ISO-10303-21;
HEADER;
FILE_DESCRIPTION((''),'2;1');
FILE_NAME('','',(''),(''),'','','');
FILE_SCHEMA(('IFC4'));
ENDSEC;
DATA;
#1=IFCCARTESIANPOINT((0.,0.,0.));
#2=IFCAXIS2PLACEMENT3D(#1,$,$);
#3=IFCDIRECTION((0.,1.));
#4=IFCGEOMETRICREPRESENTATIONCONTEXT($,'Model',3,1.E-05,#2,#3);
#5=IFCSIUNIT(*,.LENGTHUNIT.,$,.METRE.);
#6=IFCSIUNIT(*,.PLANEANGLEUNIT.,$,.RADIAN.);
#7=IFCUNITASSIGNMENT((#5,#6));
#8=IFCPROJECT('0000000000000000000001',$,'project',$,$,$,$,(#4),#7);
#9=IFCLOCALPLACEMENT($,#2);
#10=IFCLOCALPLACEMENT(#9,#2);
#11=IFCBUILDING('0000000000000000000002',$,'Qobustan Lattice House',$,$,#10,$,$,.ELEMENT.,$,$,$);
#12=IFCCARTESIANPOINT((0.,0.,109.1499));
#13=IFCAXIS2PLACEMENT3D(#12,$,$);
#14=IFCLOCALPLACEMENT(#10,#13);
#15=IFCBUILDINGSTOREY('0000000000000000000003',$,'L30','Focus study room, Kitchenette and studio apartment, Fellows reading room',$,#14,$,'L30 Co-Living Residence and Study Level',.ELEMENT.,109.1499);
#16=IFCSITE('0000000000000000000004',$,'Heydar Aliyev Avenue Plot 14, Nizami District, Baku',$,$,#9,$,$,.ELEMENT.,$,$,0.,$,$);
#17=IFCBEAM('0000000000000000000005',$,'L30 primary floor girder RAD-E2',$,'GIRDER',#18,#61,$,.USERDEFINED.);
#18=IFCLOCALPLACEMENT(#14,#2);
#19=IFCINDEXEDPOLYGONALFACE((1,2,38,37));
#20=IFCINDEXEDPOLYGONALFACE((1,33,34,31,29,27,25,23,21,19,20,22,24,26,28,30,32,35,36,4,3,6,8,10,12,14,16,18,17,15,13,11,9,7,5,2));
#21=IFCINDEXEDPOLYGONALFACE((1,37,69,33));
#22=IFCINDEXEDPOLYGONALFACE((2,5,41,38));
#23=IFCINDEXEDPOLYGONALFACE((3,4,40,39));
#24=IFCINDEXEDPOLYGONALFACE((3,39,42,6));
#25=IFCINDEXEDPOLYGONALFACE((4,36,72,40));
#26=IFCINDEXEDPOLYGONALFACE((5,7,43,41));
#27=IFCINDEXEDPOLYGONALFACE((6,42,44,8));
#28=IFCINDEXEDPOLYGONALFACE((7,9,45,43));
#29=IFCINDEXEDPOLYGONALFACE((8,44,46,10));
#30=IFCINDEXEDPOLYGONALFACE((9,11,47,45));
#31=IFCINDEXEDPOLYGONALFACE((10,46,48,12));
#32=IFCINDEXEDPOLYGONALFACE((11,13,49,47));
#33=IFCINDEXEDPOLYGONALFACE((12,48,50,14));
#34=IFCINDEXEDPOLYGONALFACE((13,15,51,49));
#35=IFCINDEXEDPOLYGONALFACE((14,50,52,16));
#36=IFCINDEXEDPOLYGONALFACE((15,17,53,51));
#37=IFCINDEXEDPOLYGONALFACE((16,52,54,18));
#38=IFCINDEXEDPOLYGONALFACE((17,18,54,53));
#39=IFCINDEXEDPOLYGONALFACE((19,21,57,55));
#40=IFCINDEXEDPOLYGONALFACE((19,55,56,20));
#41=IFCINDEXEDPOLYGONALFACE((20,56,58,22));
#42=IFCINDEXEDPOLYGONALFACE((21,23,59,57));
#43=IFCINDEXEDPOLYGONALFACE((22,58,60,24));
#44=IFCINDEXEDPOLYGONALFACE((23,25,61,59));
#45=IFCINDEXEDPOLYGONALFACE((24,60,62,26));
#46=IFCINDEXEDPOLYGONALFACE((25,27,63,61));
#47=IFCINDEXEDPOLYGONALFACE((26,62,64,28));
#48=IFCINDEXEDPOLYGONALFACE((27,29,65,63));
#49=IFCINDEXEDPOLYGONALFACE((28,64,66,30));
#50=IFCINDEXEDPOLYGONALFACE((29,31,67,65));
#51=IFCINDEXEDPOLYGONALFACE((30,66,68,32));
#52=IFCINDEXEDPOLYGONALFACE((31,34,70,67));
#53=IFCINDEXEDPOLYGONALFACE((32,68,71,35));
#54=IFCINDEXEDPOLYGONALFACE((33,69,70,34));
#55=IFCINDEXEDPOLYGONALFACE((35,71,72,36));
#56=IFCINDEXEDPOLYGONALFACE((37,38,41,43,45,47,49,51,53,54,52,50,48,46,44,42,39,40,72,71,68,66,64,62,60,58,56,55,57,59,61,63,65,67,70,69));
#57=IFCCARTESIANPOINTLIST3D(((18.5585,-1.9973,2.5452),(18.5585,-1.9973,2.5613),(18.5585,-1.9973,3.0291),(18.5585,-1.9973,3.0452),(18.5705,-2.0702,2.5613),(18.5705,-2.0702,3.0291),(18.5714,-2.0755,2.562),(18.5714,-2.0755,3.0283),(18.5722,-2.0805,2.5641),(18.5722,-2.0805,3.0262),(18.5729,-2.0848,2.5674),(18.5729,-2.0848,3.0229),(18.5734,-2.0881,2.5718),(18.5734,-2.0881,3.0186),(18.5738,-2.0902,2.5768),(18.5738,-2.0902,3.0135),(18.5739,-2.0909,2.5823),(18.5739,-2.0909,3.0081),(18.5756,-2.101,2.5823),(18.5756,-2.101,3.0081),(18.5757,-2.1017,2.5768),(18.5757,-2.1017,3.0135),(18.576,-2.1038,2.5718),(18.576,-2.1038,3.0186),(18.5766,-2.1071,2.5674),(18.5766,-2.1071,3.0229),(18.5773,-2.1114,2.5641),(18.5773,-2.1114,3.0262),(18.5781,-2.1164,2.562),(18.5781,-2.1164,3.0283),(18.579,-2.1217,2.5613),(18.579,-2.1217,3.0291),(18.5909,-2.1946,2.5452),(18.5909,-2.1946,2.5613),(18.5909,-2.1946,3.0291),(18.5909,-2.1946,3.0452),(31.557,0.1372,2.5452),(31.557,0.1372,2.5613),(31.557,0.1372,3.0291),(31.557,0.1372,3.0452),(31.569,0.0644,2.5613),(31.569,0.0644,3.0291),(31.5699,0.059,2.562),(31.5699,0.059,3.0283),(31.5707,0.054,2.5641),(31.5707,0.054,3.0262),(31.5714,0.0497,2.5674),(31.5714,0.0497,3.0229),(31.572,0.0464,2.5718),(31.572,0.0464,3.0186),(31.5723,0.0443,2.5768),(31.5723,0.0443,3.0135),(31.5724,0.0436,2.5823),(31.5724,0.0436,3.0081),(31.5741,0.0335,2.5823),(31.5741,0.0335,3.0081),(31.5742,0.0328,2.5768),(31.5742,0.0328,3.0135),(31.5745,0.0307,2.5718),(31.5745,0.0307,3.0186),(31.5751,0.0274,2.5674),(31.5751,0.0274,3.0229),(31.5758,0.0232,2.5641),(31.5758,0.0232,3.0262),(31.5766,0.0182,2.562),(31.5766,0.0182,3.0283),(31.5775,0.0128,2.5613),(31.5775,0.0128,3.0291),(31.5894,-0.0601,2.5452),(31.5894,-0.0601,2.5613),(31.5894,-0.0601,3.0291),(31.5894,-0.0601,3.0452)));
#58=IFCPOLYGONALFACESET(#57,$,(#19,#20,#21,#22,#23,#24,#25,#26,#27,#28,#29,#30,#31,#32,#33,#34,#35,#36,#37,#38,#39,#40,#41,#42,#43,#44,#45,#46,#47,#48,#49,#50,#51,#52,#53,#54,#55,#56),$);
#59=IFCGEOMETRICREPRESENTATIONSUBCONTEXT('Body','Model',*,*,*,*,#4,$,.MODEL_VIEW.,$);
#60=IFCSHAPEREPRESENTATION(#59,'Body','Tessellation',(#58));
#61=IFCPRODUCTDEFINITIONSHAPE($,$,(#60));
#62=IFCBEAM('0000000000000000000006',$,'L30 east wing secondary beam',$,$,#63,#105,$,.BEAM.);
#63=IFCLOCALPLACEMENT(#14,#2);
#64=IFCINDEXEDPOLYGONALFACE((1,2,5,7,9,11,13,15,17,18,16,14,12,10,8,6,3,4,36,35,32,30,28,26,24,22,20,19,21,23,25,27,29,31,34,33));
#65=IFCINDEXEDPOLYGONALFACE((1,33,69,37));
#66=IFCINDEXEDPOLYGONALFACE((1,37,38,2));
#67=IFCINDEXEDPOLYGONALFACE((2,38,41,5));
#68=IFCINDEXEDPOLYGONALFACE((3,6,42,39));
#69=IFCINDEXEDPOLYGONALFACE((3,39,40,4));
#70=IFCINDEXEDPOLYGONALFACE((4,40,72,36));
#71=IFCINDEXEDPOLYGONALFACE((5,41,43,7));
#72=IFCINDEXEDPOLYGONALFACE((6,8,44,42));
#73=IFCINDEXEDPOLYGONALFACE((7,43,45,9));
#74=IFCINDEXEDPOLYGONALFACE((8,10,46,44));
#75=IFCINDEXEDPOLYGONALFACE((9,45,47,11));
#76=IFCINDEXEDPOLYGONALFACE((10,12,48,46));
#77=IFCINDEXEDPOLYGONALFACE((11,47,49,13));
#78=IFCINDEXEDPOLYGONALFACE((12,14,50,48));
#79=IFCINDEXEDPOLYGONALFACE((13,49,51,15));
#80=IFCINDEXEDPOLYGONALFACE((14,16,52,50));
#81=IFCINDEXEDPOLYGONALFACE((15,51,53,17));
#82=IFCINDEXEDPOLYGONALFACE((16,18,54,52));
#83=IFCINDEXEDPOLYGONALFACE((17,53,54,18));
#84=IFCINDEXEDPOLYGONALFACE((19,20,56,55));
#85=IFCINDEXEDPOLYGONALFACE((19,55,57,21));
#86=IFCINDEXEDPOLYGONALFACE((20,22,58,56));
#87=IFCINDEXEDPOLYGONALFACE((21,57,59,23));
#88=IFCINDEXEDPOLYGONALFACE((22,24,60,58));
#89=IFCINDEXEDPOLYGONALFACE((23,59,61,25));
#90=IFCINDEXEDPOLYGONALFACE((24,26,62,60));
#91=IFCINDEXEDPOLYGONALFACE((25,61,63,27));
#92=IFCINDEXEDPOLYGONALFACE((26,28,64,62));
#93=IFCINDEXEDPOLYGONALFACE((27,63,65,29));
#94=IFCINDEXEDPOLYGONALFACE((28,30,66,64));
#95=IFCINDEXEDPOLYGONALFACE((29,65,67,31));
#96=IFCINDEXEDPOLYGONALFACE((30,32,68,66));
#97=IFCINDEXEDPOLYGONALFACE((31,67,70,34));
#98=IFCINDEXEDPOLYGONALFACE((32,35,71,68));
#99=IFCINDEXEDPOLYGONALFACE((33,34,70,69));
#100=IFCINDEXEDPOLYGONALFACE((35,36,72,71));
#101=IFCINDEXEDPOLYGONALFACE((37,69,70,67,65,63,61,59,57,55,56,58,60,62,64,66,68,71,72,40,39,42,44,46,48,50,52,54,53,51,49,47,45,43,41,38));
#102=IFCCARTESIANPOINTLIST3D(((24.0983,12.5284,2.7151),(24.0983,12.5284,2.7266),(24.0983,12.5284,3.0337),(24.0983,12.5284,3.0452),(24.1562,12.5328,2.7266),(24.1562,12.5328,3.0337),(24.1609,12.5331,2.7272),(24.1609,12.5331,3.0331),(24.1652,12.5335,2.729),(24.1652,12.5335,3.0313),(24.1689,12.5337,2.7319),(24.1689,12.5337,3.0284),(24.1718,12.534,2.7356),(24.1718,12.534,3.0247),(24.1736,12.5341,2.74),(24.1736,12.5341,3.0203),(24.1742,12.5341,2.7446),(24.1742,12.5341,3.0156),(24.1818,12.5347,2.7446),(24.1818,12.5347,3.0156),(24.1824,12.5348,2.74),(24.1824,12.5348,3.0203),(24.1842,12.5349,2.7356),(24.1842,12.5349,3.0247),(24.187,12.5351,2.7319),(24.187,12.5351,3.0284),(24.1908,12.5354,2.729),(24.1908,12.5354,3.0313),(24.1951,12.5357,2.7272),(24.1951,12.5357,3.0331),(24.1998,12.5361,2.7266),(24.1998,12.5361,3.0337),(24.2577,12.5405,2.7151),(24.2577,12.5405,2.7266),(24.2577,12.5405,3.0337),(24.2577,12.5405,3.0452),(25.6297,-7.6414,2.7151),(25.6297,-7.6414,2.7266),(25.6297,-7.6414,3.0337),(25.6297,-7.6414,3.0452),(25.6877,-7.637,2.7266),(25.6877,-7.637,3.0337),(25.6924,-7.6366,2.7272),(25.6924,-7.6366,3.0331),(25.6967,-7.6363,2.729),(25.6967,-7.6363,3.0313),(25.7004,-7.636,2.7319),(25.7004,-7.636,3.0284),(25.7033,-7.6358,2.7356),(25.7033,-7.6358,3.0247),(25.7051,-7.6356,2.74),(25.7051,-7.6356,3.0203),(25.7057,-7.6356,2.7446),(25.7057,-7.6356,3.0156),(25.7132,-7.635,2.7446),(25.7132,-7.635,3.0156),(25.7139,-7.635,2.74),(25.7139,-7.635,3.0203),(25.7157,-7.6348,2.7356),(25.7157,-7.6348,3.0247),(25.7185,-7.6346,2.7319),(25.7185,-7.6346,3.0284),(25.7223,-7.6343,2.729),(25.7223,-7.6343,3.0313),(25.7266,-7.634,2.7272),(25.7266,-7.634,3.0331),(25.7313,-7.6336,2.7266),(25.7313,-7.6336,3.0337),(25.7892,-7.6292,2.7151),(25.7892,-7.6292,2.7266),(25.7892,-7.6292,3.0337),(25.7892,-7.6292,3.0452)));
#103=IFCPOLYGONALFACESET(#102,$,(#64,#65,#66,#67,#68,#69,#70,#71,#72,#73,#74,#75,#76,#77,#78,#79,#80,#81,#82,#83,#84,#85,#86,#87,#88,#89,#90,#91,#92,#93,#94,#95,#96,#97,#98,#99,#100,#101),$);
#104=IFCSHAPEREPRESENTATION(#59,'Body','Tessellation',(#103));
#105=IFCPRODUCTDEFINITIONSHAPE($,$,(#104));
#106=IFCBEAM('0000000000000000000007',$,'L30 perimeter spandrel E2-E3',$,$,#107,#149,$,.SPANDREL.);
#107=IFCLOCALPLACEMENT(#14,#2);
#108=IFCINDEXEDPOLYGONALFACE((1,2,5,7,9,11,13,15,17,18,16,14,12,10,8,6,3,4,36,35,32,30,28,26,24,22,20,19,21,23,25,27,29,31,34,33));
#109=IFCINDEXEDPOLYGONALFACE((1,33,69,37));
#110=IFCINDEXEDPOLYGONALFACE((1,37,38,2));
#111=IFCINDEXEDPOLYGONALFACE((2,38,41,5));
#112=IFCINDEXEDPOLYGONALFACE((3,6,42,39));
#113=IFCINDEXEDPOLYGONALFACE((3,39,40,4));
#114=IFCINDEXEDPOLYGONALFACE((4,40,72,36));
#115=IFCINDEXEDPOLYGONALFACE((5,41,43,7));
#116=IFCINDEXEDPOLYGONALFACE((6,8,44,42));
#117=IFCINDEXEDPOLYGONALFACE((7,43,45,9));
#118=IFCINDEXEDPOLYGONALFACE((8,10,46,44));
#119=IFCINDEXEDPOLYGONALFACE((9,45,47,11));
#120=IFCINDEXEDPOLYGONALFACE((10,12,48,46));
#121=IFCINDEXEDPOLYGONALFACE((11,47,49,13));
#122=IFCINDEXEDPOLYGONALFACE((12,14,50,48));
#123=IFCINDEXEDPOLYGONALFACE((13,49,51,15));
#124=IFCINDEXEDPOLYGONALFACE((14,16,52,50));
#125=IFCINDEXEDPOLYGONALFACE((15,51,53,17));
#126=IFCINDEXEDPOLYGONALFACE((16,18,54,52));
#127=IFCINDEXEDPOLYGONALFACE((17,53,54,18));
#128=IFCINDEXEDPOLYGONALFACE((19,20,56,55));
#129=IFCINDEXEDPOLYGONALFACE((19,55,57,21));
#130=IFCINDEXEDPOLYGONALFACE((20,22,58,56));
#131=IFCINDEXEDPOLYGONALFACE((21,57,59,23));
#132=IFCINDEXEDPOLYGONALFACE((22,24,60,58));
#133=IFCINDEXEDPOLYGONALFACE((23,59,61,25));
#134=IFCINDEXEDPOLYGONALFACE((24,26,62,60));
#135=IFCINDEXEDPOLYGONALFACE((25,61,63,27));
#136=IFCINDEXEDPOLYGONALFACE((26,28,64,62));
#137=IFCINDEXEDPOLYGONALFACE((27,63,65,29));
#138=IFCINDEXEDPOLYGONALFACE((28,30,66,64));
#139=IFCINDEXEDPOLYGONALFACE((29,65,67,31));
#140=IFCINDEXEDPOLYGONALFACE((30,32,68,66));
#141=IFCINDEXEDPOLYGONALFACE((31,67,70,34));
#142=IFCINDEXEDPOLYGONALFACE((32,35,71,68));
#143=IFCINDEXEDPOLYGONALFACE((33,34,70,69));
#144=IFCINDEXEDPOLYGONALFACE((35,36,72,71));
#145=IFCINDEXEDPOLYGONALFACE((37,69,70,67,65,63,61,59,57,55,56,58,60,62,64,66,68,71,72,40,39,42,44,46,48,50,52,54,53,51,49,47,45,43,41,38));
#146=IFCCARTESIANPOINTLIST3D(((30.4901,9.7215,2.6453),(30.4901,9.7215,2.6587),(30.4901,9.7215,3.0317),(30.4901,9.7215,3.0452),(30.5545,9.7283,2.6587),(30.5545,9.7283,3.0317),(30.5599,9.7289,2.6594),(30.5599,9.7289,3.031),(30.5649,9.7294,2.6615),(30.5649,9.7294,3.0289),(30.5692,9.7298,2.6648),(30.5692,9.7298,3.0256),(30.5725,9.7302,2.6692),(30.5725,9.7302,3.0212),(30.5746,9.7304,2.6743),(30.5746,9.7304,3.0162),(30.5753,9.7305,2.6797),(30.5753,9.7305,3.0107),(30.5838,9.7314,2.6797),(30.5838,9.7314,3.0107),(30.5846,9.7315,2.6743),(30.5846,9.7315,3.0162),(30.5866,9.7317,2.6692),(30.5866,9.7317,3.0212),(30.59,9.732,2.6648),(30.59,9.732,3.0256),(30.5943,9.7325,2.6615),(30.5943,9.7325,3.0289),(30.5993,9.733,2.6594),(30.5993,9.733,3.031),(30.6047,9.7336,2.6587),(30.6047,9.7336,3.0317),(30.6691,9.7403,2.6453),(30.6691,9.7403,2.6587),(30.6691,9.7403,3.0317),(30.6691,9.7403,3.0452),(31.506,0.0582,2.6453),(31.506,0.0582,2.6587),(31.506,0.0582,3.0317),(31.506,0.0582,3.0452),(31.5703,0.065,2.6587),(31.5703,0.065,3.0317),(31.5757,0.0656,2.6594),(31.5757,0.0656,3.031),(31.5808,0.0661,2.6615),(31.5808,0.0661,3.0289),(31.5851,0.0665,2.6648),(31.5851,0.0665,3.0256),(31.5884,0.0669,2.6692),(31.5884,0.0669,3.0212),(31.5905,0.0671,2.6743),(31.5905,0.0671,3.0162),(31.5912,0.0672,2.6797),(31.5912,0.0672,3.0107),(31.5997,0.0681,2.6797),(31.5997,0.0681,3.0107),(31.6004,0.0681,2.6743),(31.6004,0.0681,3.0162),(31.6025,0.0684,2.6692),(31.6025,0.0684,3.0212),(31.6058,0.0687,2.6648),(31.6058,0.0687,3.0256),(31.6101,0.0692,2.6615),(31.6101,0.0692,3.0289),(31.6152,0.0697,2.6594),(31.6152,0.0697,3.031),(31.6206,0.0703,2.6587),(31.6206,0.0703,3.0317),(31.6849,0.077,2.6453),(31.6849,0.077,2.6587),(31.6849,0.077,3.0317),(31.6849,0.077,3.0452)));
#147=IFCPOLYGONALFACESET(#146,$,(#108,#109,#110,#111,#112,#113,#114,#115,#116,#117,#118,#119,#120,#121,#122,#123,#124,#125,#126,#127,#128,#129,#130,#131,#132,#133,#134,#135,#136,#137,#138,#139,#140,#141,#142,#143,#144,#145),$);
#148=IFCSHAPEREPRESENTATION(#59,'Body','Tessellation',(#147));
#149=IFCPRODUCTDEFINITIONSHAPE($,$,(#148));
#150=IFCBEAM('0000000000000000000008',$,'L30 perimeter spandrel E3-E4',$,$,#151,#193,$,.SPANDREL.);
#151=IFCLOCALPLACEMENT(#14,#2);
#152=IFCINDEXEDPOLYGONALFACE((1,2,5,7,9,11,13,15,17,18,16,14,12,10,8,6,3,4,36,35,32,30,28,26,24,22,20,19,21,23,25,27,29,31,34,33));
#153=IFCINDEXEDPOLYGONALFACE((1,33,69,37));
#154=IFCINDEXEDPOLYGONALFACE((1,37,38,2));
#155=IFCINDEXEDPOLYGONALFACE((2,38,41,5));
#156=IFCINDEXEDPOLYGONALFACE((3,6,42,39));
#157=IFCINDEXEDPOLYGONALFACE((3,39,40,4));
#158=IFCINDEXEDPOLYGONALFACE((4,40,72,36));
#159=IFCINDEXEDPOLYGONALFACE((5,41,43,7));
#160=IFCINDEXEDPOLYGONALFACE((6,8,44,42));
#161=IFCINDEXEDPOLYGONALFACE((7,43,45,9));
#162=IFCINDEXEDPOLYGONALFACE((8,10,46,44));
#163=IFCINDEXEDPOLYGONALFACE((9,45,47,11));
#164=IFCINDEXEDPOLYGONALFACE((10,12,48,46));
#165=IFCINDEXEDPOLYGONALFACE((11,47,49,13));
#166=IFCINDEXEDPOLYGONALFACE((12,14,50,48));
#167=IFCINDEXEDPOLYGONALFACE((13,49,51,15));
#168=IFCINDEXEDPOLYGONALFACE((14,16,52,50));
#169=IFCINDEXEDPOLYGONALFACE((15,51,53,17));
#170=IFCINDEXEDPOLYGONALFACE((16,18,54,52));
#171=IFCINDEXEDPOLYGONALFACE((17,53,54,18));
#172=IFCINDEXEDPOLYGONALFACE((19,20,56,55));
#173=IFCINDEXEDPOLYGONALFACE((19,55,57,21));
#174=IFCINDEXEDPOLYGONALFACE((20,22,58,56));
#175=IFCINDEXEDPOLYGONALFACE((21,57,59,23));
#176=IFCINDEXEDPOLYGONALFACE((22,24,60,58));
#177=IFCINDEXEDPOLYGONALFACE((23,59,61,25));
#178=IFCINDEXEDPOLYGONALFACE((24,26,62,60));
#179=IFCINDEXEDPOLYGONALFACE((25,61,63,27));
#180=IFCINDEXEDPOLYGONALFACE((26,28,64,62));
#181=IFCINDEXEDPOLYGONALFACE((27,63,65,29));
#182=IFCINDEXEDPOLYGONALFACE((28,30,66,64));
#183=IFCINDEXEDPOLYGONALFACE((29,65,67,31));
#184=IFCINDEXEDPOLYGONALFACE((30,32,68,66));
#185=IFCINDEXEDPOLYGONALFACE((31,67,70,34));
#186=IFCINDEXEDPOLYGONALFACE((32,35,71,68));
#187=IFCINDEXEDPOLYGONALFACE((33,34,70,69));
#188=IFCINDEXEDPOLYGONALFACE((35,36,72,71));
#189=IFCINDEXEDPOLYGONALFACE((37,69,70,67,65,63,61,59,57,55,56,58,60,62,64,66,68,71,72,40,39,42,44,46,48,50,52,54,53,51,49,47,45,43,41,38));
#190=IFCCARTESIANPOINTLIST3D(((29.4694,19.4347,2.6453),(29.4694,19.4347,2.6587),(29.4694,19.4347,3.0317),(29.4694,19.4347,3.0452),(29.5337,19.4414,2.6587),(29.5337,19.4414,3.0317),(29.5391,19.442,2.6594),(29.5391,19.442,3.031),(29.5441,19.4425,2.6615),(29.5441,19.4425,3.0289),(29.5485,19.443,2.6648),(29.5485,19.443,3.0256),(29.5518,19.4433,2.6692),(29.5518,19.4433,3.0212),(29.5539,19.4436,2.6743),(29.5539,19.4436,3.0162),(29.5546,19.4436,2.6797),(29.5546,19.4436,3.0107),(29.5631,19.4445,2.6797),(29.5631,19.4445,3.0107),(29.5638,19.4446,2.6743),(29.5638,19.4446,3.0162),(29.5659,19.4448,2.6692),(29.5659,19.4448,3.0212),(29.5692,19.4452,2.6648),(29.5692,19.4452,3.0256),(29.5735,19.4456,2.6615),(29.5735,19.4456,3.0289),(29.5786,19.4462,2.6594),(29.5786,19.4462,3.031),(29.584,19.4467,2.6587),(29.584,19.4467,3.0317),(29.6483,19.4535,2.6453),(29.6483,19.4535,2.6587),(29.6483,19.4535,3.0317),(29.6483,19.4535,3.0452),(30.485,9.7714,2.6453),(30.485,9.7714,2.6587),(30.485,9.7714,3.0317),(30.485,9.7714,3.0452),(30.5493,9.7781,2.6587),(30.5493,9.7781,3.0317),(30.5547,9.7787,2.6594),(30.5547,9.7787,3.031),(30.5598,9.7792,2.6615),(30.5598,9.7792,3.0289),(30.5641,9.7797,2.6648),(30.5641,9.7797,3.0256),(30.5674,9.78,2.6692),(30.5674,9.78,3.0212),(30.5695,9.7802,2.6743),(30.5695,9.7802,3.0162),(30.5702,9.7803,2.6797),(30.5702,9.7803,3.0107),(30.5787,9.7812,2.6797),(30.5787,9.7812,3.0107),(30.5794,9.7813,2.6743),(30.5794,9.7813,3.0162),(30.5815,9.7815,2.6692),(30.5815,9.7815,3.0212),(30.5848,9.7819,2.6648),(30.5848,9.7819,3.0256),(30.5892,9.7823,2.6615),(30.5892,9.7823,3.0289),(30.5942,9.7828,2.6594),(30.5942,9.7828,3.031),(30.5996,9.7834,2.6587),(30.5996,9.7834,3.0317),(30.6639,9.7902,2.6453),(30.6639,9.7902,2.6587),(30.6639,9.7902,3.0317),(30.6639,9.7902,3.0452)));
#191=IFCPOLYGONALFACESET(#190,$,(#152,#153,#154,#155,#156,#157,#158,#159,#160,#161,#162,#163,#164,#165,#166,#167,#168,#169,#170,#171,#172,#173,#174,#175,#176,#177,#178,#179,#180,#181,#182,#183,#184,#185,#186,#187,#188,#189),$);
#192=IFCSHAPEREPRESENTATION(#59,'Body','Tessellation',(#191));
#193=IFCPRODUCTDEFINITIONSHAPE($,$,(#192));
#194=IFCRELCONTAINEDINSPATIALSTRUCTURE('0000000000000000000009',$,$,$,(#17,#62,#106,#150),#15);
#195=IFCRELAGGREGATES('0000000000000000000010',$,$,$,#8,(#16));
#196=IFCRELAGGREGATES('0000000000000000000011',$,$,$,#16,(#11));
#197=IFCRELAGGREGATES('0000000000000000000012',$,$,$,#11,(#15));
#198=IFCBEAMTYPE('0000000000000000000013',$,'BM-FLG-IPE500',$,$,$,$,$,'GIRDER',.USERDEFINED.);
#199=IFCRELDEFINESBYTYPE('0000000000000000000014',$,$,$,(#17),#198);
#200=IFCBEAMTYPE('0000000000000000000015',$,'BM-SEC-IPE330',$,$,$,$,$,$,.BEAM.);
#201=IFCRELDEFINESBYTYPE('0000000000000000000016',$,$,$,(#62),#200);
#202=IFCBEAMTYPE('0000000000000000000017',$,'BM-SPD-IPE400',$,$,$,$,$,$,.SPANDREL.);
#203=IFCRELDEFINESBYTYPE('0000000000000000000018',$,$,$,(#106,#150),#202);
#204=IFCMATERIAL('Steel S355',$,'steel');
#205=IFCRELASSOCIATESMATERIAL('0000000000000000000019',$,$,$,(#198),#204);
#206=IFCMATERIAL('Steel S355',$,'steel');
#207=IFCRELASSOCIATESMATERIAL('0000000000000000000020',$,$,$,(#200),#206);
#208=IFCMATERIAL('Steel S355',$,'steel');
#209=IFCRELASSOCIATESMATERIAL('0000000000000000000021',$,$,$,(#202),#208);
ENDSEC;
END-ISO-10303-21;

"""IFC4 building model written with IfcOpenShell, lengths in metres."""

from ifc_helpers import new_model, si_unit, direction, frame, origin, origin_2d, place, context, subcontext, project, spatial, i_section, extrude, material, material_profile, profile_set, type_object, element, save


model = new_model("IFC4")

# Units and contexts
model_context = context("Model", 3, precision=1e-05, world=origin(), true_north=direction((0.0, 1.0)))
body_context = subcontext(model_context, "Body", "Model", "MODEL_VIEW")
ifc_project = project(units=[si_unit("LENGTHUNIT", "METRE"), si_unit("PLANEANGLEUNIT", "RADIAN")], contexts=[model_context])

# Site, building, storey
site_placement = place(None, origin())
site = spatial("IfcSite", under=ifc_project, at=site_placement, Name="Heydar Aliyev Avenue Plot 14, Nizami District, Baku", CompositionType="ELEMENT", RefElevation=0.0)
building_placement = place(site_placement, origin())
building = spatial("IfcBuilding", under=site, at=building_placement, Name="Qobustan Lattice House", CompositionType="ELEMENT")
storey_placement = place(building_placement, frame((0.0, 0.0, 109.1499)))
storey = spatial("IfcBuildingStorey", under=building, at=storey_placement, Name="L30", Description="Focus study room, Kitchenette and studio apartment, Fellows reading room", LongName="L30 Co-Living Residence and Study Level", CompositionType="ELEMENT", Elevation=109.1499)

# Beams
ifc_material_1 = material(Name="Steel S355", Category="steel")
ifc_material_profile_1 = material_profile(ifc_material_1, i_section(OverallWidth=0.2, OverallDepth=0.5, WebThickness=0.0103, FlangeThickness=0.0161, FilletRadius=0.021, at=origin_2d()), Name="IPE500")
ifc_profile_set_1 = profile_set([ifc_material_profile_1], Name="Steel S355")
beam_type_1 = type_object("IfcBeamType", Name="BM-FLG-IPE500", ElementType="GIRDER", PredefinedType="USERDEFINED", material=ifc_profile_set_1)
beam_1_placement = place(storey_placement, frame((31.5732, 0.0386, 2.7952), z_axis=(-0.986784, -0.162042, 0.0), x_axis=(0.162042, -0.986784, 0.0)))
element("IfcBeam", 1, at=beam_1_placement, inside=storey, type_object=beam_type_1, Name="L30 primary floor girder RAD-E2", ObjectType="GIRDER", PredefinedType="USERDEFINED", context=body_context, shape_type="SweptSolid", body=[
    extrude(i_section(OverallWidth=0.2, OverallDepth=0.5, WebThickness=0.0103, FlangeThickness=0.0161, FilletRadius=0.021, at=origin_2d()), origin(), (0.0, 0.0, 1.0), 13.1726),
])
ifc_material_2 = material(Name="Steel S355", Category="steel")
ifc_material_profile_2 = material_profile(ifc_material_2, i_section(OverallWidth=0.1599, OverallDepth=0.3301, WebThickness=0.0076, FlangeThickness=0.0115, FilletRadius=0.0181, at=origin_2d()), Name="IPE330")
ifc_profile_set_2 = profile_set([ifc_material_profile_2], Name="Steel S355")
beam_type_2 = type_object("IfcBeamType", Name="BM-SEC-IPE330", PredefinedType="BEAM", material=ifc_profile_set_2)
beam_2_placement = place(storey_placement, frame((24.178, 12.5344, 2.8801), z_axis=(0.075713, -0.99713, 0.0), x_axis=(0.99713, 0.075713, 0.0)))
element("IfcBeam", 2, at=beam_2_placement, inside=storey, type_object=beam_type_2, Name="L30 east wing secondary beam", PredefinedType="BEAM", context=body_context, shape_type="SweptSolid", body=[
    extrude(i_section(OverallWidth=0.1599, OverallDepth=0.3301, WebThickness=0.0076, FlangeThickness=0.0115, FilletRadius=0.0181, at=origin_2d()), origin(), (0.0, 0.0, 1.0), 20.2278),
])
ifc_material_3 = material(Name="Steel S355", Category="steel")
ifc_material_profile_3 = material_profile(ifc_material_3, i_section(OverallWidth=0.1799, OverallDepth=0.3999, WebThickness=0.0085, FlangeThickness=0.0134, FilletRadius=0.021, at=origin_2d()), Name="IPE400")
ifc_profile_set_3 = profile_set([ifc_material_profile_3], Name="Steel S355")
beam_type_3 = type_object("IfcBeamType", Name="BM-SPD-IPE400", PredefinedType="SPANDREL", material=ifc_profile_set_3)
for number, where, z_axis, x_axis, name in (
    (3, (31.5955, 0.0676, 2.8452), (-0.10455, 0.99452, 0.0), (-0.99452, -0.10455, 0.0), "L30 perimeter spandrel E2-E3"),
    (4, (30.5745, 9.7808, 2.8452), (-0.104525, 0.994522, 0.0), (-0.994522, -0.104525, 0.0), "L30 perimeter spandrel E3-E4"),
):
    element("IfcBeam", number, at=place(storey_placement, frame(where, z_axis=z_axis, x_axis=x_axis)), inside=storey, type_object=beam_type_3, Name=name, PredefinedType="SPANDREL", context=body_context, shape_type="SweptSolid", body=[
        extrude(i_section(OverallWidth=0.1799, OverallDepth=0.3999, WebThickness=0.0085, FlangeThickness=0.0134, FilletRadius=0.021, at=origin_2d()), origin(), (0.0, 0.0, 1.0), 9.7166),
    ])

save(model, "model.ifc")
